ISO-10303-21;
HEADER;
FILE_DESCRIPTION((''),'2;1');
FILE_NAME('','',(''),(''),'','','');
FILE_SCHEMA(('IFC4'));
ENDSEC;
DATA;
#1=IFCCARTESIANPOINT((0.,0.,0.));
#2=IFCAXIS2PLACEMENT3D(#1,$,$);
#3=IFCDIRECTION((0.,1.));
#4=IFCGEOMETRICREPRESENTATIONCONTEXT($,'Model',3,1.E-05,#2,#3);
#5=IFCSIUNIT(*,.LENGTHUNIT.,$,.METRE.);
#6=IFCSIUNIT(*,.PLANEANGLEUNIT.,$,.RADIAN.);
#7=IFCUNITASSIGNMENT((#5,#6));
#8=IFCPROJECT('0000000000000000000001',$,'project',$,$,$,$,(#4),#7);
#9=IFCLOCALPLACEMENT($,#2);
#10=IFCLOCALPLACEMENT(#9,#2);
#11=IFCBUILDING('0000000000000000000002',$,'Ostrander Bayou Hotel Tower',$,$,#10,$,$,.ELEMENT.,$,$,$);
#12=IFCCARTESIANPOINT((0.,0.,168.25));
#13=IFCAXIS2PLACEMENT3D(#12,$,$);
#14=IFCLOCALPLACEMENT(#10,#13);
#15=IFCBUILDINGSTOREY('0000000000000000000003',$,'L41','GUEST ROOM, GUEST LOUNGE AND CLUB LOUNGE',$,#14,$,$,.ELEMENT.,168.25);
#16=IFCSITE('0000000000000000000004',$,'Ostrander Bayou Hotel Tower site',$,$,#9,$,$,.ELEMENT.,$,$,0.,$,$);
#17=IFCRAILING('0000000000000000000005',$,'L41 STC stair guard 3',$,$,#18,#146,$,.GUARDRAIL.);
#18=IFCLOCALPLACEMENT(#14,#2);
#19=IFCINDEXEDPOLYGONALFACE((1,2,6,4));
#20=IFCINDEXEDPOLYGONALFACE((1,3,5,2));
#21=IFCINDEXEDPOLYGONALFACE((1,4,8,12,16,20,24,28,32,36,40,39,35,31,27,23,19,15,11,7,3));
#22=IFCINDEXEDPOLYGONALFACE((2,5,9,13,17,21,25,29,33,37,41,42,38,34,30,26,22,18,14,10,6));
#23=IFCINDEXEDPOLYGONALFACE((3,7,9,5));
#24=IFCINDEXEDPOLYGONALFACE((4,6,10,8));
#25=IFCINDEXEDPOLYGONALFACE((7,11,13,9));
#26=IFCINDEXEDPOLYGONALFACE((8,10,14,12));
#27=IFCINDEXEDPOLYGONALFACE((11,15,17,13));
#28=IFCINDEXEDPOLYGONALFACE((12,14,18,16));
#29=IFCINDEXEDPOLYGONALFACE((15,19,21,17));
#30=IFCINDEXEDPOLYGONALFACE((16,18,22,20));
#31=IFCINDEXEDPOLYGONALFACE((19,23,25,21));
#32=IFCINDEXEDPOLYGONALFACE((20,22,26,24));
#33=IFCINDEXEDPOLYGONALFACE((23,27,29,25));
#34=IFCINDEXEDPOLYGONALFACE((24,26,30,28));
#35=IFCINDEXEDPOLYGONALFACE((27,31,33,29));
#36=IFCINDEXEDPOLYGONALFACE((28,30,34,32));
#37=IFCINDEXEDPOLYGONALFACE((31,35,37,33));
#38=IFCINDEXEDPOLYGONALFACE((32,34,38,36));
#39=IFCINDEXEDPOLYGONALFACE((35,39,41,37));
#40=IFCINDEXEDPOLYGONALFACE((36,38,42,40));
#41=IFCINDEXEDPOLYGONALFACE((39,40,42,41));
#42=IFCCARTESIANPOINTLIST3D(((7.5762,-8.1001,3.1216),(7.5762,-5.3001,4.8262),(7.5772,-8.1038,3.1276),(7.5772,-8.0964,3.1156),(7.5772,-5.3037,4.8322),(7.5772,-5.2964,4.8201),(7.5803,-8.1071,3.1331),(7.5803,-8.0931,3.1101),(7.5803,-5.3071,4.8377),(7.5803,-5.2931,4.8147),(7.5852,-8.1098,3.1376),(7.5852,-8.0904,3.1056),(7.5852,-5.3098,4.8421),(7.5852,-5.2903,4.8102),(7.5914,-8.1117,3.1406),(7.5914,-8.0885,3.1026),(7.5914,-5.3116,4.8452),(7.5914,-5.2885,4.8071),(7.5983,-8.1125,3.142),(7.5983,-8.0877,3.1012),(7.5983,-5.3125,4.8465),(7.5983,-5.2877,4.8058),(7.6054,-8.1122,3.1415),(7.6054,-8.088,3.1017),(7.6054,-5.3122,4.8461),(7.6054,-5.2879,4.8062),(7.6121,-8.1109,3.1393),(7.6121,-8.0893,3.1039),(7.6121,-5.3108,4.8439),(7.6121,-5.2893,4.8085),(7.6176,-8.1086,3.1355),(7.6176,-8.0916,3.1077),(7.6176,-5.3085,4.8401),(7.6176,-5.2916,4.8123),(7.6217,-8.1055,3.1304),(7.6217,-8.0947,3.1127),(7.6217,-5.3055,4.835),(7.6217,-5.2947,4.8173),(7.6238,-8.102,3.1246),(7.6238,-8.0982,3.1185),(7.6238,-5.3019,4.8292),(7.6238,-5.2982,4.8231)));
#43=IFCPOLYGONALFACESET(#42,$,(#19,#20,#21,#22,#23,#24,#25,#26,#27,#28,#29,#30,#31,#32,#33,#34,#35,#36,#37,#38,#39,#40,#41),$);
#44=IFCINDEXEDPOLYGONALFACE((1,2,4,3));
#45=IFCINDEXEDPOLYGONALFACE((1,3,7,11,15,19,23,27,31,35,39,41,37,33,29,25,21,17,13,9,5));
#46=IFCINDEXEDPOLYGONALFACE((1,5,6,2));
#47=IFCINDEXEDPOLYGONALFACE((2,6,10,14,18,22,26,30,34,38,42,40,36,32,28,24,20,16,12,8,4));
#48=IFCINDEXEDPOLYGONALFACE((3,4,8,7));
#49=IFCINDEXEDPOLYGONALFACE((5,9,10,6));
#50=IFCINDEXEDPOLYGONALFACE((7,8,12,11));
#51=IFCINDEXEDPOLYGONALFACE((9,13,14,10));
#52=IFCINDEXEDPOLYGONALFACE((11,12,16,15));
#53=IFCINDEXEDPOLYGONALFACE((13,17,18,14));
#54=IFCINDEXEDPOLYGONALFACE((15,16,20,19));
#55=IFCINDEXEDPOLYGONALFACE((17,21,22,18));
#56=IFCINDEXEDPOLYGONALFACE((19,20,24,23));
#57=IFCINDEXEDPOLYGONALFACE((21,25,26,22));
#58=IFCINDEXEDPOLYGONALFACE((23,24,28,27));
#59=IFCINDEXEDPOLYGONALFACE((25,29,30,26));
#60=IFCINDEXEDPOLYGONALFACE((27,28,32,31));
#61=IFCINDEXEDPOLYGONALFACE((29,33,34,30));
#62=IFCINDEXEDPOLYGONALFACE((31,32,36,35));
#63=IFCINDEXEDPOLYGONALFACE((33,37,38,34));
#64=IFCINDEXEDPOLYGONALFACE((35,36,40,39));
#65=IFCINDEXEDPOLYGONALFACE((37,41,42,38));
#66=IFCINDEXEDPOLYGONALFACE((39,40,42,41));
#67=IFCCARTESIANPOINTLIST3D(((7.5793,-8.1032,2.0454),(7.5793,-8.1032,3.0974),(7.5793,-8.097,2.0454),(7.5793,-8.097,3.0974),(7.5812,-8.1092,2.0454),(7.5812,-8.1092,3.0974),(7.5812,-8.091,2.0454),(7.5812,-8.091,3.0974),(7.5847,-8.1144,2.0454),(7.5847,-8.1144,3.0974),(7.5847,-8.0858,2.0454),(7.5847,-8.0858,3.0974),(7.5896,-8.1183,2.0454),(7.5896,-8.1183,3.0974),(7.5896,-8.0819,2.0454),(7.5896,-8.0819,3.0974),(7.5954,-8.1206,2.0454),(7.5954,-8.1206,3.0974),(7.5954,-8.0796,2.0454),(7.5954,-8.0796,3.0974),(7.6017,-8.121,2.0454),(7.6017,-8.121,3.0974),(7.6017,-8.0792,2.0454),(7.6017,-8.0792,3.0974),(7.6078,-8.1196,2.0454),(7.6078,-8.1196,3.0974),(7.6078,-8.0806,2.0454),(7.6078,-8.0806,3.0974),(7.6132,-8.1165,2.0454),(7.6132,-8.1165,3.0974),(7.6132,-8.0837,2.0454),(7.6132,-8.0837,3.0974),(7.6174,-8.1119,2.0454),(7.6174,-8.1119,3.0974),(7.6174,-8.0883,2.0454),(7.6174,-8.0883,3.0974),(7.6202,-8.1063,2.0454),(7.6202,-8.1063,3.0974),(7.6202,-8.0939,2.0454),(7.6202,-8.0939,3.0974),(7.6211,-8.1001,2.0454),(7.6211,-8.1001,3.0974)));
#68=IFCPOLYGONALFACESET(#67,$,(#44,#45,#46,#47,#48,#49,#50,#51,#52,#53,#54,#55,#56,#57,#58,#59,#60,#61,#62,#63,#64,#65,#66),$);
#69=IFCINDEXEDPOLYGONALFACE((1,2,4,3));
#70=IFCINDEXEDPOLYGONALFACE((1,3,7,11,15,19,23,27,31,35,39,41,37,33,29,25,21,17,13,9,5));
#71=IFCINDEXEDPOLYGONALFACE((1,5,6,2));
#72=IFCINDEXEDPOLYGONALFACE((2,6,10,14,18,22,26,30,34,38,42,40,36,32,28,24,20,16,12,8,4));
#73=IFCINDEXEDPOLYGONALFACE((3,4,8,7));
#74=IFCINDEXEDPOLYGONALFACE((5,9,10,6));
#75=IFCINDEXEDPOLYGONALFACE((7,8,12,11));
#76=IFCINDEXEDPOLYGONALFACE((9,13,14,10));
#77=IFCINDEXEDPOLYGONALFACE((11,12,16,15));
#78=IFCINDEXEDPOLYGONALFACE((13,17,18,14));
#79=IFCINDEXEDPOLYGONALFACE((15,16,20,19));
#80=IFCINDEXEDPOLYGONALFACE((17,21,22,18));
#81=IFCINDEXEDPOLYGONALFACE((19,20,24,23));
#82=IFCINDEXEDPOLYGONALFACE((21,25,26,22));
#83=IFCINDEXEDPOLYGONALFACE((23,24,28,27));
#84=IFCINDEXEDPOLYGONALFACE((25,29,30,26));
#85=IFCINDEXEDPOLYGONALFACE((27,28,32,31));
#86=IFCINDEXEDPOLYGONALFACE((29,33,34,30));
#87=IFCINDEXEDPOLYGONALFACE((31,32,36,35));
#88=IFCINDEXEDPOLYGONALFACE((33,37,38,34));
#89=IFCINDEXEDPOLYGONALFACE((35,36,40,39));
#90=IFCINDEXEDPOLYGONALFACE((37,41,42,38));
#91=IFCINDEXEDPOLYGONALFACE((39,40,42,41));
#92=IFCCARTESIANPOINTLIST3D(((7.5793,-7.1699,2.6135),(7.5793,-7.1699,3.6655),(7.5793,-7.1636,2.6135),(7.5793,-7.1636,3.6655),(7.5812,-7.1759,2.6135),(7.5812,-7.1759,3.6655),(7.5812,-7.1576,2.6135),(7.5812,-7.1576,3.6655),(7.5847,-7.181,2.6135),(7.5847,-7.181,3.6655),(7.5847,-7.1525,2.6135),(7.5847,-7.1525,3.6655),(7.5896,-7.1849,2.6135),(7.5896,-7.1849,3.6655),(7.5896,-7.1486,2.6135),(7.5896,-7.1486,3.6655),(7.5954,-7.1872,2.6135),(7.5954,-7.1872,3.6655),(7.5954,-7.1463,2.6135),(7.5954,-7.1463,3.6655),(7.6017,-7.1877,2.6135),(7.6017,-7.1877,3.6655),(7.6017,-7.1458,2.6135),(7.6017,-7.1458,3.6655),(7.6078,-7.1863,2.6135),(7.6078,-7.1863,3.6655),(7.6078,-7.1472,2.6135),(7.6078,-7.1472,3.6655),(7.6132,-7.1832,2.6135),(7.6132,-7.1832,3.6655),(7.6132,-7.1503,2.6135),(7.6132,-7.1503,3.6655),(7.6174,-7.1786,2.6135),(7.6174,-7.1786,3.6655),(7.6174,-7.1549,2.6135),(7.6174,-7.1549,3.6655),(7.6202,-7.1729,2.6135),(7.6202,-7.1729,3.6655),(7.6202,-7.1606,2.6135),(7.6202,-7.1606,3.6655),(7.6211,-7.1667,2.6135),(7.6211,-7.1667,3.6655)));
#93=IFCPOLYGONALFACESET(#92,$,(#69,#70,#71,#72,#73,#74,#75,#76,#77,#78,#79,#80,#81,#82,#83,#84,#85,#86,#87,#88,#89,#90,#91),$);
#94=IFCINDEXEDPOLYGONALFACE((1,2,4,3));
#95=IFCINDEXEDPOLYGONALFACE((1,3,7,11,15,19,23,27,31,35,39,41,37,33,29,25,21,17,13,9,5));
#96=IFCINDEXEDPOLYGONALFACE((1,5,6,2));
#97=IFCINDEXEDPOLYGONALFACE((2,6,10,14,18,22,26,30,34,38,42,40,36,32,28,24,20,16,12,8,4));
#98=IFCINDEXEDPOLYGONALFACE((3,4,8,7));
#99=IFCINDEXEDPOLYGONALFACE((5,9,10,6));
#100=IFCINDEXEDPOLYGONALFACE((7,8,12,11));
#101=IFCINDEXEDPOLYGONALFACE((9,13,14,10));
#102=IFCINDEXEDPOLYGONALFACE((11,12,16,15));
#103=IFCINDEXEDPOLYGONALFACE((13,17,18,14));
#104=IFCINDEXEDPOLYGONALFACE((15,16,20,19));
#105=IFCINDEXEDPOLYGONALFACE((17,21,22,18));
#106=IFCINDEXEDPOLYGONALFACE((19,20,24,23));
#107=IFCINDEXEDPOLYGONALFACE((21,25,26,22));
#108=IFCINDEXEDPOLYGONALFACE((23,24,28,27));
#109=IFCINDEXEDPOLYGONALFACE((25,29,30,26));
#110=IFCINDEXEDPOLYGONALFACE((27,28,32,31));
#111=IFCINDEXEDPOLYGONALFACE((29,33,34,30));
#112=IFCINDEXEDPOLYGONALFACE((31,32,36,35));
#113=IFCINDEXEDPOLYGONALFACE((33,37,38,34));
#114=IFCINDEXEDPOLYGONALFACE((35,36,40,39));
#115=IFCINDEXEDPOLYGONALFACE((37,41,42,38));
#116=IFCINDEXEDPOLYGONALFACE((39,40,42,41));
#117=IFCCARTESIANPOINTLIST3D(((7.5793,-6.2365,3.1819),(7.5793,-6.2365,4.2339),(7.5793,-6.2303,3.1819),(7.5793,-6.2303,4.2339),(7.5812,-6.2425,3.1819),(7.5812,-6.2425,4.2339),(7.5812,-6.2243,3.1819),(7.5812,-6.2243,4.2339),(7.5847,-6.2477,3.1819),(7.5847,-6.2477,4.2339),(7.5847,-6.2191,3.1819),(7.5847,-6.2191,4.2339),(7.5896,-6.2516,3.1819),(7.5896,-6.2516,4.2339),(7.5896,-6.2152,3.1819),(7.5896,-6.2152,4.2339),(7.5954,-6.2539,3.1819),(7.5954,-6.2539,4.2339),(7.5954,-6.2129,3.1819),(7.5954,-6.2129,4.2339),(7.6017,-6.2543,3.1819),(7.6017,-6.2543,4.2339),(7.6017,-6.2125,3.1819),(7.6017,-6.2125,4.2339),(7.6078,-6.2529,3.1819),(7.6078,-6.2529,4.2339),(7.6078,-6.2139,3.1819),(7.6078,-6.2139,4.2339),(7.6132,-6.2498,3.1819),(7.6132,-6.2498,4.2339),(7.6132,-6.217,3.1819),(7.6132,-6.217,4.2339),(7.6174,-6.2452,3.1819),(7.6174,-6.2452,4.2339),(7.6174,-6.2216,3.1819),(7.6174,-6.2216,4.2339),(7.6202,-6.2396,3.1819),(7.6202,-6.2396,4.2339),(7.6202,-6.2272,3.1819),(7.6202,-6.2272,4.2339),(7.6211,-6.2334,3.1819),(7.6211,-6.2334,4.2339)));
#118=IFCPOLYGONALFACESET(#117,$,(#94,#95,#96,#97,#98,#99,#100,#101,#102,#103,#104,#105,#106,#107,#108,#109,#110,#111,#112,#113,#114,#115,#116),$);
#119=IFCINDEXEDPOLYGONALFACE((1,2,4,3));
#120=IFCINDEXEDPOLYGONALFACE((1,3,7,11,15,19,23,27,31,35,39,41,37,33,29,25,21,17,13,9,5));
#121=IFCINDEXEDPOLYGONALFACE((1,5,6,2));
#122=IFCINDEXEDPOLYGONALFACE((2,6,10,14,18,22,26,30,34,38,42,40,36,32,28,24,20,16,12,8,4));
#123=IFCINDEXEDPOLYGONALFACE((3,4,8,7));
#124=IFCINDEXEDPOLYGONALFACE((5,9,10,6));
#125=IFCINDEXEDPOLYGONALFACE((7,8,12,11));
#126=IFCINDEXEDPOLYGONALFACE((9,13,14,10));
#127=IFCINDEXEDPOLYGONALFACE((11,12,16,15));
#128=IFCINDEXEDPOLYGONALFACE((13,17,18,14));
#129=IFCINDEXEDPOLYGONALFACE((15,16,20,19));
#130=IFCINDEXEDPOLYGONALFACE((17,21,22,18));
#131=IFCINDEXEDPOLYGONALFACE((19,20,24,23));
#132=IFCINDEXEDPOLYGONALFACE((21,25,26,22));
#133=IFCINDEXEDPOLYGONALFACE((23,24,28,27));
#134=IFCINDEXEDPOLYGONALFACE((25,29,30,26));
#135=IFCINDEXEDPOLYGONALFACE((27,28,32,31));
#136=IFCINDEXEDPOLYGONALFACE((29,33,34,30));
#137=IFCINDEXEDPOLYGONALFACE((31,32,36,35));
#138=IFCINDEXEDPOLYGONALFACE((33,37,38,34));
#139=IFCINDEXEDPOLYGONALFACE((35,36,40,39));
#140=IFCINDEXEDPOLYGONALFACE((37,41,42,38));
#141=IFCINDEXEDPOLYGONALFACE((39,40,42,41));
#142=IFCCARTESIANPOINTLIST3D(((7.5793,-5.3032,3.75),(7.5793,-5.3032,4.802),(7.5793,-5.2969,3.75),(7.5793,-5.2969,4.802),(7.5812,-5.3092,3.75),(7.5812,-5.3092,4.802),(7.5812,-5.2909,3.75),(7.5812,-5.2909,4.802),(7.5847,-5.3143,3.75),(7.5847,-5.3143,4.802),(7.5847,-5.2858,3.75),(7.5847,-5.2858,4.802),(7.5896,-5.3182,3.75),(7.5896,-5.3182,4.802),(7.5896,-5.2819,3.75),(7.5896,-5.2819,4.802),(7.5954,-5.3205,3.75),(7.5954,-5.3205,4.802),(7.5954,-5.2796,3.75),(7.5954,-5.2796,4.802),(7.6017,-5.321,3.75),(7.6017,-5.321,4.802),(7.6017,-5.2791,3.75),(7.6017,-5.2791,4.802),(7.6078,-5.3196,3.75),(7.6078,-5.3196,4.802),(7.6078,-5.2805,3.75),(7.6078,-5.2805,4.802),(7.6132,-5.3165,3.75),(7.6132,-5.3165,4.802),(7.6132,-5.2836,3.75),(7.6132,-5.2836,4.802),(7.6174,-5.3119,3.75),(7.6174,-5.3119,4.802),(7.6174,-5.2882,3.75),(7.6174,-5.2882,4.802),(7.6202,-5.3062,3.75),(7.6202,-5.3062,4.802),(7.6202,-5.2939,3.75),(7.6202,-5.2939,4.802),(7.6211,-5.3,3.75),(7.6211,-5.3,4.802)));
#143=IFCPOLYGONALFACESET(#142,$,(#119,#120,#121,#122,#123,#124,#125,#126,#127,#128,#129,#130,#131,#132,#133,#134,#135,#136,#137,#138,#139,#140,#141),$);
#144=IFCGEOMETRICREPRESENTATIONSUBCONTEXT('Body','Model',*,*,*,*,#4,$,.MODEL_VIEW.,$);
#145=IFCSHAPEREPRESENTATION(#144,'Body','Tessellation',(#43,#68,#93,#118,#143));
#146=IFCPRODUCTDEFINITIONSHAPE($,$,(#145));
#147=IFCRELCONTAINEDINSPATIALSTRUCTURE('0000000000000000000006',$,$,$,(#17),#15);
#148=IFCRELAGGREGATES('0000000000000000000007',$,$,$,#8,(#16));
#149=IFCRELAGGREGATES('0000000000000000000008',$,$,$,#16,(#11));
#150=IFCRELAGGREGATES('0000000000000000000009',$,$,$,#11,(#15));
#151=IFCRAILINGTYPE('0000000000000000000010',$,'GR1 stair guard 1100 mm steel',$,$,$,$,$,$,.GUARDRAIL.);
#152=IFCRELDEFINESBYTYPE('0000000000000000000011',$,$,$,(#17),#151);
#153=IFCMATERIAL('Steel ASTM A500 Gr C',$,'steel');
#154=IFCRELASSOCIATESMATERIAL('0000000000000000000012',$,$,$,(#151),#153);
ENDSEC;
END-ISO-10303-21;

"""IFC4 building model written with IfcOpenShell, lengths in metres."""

from ifc_helpers import new_model, si_unit, direction, frame, origin, origin_2d, place, context, subcontext, project, spatial, circle, extrude, material, type_object, element, save


model = new_model("IFC4")

# Units and contexts
model_context = context("Model", 3, precision=1e-05, world=origin(), true_north=direction((0.0, 1.0)))
body_context = subcontext(model_context, "Body", "Model", "MODEL_VIEW")
ifc_project = project(units=[si_unit("LENGTHUNIT", "METRE"), si_unit("PLANEANGLEUNIT", "RADIAN")], contexts=[model_context])

# Site, building, storey
site_placement = place(None, origin())
site = spatial("IfcSite", under=ifc_project, at=site_placement, Name="Ostrander Bayou Hotel Tower site", CompositionType="ELEMENT", RefElevation=0.0)
building_placement = place(site_placement, origin())
building = spatial("IfcBuilding", under=site, at=building_placement, Name="Ostrander Bayou Hotel Tower", CompositionType="ELEMENT")
storey_placement = place(building_placement, frame((0.0, 0.0, 168.25)))
storey = spatial("IfcBuildingStorey", under=building, at=storey_placement, Name="L41", Description="GUEST ROOM, GUEST LOUNGE AND CLUB LOUNGE", CompositionType="ELEMENT", Elevation=168.25)

# Railing
ifc_material_1 = material(Name="Steel ASTM A500 Gr C", Category="steel")
railing_type_1 = type_object("IfcRailingType", Name="GR1 stair guard 1100 mm steel", PredefinedType="GUARDRAIL", material=ifc_material_1)
railing_1_placement = place(storey_placement, frame((7.6001, -8.1001, 2.0454)))
element("IfcRailing", 1, at=railing_1_placement, inside=storey, type_object=railing_type_1, Name="L41 STC stair guard 3", PredefinedType="GUARDRAIL", context=body_context, shape_type="SweptSolid", body=[
    extrude(circle(Radius=0.0239, at=origin_2d()), frame((0.0, 0.0, 1.0762), z_axis=(0.0, 0.85417, 0.519994), x_axis=(-1.0, 0.0, 0.0)), (0.0, 0.0, 1.0), 3.2781),
    extrude(circle(Radius=0.021, at=origin_2d()), origin(), (0.0, 0.0, 1.0), 1.052),
    extrude(circle(Radius=0.021, at=origin_2d()), frame((0.0, 0.9333, 0.5681)), (0.0, 0.0, 1.0), 1.052),
    extrude(circle(Radius=0.021, at=origin_2d()), frame((0.0, 1.8667, 1.1365)), (0.0, 0.0, 1.0), 1.052),
    extrude(circle(Radius=0.021, at=origin_2d()), frame((0.0, 2.8, 1.7046)), (0.0, 0.0, 1.0), 1.052),
])

save(model, "model.ifc")
